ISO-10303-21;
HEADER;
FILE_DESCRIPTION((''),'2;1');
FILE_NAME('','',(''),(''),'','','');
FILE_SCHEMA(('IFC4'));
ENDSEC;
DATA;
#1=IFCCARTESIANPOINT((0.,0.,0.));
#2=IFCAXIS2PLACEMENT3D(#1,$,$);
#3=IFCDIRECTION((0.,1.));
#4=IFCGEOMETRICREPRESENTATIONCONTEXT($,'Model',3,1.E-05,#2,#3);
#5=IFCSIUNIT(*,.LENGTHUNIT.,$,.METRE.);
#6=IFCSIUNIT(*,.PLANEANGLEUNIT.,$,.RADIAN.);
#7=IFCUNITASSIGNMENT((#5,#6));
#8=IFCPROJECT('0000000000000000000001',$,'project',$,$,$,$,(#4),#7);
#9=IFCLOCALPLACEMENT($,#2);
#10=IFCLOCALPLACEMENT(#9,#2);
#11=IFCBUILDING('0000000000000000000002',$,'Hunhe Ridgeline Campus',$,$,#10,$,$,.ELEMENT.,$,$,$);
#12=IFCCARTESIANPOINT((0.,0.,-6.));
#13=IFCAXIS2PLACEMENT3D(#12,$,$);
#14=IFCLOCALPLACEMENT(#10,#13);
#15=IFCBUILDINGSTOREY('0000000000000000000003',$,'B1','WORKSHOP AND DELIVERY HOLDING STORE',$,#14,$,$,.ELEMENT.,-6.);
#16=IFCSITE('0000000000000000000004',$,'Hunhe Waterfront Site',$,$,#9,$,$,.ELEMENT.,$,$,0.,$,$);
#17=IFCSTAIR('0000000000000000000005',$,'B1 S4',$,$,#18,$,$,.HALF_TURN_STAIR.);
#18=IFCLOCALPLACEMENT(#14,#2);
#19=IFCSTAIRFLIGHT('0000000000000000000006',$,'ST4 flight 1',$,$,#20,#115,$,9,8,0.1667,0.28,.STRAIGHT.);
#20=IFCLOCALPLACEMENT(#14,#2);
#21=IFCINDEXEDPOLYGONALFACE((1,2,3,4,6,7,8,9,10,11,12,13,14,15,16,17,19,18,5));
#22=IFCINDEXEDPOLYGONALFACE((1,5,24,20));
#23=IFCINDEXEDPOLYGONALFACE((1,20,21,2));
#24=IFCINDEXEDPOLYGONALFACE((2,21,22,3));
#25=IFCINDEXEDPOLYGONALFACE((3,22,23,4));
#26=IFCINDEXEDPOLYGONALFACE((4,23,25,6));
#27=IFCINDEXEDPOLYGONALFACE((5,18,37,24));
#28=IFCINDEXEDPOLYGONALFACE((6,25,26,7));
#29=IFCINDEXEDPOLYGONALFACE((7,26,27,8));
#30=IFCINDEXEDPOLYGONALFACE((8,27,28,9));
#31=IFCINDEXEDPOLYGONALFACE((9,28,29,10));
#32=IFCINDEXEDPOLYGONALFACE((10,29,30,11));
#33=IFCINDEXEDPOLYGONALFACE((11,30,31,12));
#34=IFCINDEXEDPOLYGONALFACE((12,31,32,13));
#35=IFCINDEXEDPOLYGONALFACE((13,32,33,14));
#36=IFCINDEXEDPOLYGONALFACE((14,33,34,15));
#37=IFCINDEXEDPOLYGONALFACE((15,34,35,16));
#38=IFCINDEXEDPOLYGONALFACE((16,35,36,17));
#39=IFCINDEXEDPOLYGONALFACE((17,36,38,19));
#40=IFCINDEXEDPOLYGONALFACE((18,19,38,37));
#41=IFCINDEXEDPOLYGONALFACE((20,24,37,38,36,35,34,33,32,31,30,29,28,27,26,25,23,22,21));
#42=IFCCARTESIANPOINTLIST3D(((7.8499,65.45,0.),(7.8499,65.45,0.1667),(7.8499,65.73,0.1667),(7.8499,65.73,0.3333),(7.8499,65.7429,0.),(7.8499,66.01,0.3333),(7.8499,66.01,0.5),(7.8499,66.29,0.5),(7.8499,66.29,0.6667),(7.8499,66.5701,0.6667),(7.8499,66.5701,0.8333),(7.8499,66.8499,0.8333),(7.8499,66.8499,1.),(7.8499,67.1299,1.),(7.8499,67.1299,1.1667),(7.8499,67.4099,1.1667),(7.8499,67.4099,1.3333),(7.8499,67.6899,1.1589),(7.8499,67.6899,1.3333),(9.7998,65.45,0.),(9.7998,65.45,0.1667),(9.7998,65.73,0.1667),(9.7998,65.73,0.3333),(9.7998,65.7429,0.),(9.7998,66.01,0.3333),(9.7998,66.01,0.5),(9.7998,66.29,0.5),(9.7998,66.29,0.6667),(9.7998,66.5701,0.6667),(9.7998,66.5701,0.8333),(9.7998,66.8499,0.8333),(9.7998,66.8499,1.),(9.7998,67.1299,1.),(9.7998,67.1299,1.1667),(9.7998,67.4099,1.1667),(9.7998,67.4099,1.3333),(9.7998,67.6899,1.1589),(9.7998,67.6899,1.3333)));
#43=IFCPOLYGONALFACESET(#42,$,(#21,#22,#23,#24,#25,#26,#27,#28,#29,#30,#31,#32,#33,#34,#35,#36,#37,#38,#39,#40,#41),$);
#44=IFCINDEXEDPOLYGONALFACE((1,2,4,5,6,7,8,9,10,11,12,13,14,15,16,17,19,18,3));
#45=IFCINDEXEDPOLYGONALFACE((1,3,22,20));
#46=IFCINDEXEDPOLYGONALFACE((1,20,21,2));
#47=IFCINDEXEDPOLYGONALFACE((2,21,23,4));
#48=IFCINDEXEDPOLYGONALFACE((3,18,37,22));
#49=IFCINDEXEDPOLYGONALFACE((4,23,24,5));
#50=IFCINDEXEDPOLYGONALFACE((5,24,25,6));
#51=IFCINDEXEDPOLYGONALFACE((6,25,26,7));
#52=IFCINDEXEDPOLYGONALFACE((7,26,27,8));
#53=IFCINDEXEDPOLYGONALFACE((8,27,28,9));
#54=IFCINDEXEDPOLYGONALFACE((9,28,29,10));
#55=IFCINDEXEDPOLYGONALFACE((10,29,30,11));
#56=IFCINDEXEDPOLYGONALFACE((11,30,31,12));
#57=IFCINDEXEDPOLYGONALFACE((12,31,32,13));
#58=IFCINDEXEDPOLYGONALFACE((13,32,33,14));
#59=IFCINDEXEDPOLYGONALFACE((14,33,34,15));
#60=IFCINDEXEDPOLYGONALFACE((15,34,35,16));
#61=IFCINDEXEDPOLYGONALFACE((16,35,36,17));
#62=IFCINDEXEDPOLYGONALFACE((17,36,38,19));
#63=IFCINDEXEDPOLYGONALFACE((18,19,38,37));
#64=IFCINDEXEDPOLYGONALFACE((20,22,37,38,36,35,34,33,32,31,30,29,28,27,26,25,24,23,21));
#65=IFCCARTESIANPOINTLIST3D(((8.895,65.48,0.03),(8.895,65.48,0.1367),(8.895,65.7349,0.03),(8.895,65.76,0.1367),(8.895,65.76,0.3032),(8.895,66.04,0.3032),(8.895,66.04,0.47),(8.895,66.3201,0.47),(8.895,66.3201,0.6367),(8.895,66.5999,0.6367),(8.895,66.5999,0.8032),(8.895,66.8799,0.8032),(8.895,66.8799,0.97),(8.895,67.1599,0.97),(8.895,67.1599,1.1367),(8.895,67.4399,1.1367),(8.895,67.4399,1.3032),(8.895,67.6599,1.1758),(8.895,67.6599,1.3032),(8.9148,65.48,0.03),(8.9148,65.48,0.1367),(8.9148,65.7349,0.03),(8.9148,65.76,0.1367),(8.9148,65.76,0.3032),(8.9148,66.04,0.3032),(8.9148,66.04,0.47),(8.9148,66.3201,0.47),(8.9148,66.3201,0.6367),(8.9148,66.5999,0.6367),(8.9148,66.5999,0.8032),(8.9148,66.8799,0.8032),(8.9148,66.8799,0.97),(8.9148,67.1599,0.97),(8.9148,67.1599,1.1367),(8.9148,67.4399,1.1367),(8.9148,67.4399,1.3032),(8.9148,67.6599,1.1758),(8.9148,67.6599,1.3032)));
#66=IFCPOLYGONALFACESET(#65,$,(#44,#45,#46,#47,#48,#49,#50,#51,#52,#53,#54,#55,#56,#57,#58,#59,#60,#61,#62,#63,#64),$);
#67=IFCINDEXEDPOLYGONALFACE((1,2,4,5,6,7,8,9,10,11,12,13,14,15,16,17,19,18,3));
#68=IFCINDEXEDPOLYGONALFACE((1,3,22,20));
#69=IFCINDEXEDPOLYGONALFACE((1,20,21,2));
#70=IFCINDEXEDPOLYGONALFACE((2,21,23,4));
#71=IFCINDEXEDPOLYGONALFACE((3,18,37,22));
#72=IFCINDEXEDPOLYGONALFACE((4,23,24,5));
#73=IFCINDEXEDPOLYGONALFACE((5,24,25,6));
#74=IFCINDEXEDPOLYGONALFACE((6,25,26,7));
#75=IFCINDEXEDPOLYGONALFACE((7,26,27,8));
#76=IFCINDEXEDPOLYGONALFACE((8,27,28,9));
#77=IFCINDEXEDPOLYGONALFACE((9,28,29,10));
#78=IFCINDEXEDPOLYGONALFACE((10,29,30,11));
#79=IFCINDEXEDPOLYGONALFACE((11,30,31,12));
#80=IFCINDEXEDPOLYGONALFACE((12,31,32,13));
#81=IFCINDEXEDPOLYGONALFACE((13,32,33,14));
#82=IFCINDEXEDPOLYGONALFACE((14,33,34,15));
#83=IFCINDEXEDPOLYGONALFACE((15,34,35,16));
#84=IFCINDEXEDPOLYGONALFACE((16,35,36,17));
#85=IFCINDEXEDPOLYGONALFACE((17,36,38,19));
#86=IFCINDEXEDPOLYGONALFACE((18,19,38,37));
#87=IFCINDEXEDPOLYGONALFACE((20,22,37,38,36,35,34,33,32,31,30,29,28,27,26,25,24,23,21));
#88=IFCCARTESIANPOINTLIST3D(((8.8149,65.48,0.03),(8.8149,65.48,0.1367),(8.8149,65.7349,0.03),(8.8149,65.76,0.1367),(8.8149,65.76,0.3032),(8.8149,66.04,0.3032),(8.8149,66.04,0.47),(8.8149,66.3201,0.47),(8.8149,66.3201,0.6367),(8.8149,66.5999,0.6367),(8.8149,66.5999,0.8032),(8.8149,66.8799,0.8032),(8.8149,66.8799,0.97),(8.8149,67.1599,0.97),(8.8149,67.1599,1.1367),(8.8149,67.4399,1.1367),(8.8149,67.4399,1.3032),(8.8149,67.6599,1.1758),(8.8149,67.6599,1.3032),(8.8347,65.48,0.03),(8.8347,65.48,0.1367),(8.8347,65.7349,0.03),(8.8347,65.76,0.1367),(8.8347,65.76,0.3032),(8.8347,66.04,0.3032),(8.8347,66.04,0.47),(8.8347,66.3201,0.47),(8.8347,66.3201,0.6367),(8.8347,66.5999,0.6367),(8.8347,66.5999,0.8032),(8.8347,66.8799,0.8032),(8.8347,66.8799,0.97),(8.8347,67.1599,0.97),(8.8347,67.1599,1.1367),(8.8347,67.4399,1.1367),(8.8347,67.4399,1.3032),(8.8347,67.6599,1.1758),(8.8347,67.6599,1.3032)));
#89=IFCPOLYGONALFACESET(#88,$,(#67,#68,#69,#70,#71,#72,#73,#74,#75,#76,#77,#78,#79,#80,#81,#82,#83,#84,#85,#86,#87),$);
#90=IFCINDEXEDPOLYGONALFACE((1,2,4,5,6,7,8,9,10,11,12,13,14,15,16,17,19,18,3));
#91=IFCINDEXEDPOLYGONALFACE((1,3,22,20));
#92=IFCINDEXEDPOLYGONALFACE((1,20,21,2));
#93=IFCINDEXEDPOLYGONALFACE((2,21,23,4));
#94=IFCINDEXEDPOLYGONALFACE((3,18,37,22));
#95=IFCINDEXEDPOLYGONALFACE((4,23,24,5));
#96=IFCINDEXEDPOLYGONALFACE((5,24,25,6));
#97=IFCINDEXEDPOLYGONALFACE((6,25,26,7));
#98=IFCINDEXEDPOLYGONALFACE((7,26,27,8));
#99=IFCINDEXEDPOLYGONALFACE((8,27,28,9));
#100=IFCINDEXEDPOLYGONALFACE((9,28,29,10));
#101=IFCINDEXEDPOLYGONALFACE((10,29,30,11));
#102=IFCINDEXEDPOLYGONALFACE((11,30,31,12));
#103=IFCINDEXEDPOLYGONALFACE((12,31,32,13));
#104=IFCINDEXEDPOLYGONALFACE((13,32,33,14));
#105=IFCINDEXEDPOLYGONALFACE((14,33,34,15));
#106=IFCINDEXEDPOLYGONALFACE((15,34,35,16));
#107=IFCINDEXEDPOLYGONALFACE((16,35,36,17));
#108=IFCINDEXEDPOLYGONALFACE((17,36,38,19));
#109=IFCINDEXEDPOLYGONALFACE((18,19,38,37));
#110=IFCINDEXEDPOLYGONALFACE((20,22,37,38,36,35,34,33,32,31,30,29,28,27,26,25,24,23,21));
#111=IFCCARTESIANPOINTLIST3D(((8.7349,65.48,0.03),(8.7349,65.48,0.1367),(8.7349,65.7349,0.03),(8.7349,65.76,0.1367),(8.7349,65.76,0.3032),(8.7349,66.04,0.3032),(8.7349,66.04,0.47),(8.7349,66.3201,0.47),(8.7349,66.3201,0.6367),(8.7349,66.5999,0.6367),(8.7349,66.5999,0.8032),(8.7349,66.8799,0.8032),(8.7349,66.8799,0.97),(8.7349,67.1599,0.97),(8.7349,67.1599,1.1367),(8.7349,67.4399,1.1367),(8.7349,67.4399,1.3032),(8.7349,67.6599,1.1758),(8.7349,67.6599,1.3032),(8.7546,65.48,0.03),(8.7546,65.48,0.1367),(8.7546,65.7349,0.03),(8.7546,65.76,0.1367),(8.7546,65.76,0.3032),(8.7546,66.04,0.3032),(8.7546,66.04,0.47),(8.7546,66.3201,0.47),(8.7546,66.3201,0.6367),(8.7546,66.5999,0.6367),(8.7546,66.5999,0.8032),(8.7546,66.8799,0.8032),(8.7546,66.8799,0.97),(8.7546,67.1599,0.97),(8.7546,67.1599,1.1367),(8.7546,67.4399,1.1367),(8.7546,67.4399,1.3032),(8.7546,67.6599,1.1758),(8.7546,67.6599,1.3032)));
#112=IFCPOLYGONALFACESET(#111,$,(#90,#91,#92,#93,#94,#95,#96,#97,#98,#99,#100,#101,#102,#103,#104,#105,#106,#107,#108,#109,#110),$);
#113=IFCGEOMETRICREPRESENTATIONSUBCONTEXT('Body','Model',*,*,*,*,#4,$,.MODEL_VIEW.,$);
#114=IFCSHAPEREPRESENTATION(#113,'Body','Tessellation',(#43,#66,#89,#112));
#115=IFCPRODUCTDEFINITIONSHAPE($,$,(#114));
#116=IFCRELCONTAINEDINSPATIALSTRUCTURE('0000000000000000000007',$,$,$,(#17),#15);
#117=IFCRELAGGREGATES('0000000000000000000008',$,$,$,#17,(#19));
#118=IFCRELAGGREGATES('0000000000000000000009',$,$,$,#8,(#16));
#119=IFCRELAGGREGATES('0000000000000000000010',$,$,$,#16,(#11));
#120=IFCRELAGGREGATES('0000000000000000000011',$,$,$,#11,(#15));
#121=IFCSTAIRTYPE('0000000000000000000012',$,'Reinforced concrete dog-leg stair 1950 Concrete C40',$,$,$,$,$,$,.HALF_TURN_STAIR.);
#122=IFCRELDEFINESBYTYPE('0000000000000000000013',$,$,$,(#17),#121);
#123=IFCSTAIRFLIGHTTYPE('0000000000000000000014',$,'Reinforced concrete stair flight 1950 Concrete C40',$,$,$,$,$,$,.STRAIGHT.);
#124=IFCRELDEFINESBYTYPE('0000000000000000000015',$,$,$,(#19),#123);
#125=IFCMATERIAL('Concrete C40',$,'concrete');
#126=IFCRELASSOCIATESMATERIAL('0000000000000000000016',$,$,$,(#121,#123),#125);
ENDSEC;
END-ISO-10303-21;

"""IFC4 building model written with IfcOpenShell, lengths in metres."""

from ifc_helpers import new_model, si_unit, direction, frame, origin, place, context, subcontext, project, spatial, polyline, outline, extrude, material, type_object, element, aggregate, save


model = new_model("IFC4")

# Units and contexts
model_context = context("Model", 3, precision=1e-05, world=origin(), true_north=direction((0.0, 1.0)))
body_context = subcontext(model_context, "Body", "Model", "MODEL_VIEW")
ifc_project = project(units=[si_unit("LENGTHUNIT", "METRE"), si_unit("PLANEANGLEUNIT", "RADIAN")], contexts=[model_context])

# Site, building, storey
site_placement = place(None, origin())
site = spatial("IfcSite", under=ifc_project, at=site_placement, Name="Hunhe Waterfront Site", CompositionType="ELEMENT", RefElevation=0.0)
building_placement = place(site_placement, origin())
building = spatial("IfcBuilding", under=site, at=building_placement, Name="Hunhe Ridgeline Campus", CompositionType="ELEMENT")
storey_placement = place(building_placement, frame((0.0, 0.0, -6.0)))
storey = spatial("IfcBuildingStorey", under=building, at=storey_placement, Name="B1", Description="WORKSHOP AND DELIVERY HOLDING STORE", CompositionType="ELEMENT", Elevation=-6.0)

# Stair, stair flight
ifc_material_1 = material(Name="Concrete C40", Category="concrete")
stair_type = type_object("IfcStairType", Name="Reinforced concrete dog-leg stair 1950 Concrete C40", PredefinedType="HALF_TURN_STAIR", material=ifc_material_1)
stair_flight_type = type_object("IfcStairFlightType", Name="Reinforced concrete stair flight 1950 Concrete C40", PredefinedType="STRAIGHT", material=ifc_material_1)
stair_1_placement = place(storey_placement, origin())
stair_1 = element("IfcStair", 1, at=stair_1_placement, inside=storey, type_object=stair_type, Name="B1 S4", PredefinedType="HALF_TURN_STAIR")
stair_flight_1_placement = place(storey_placement, frame((8.825, 65.45, 0.0), z_axis=(0.0, 0.0, 1.0), x_axis=(0.0, 1.0, 0.0)))
stair_flight_1 = element("IfcStairFlight", 2, at=stair_flight_1_placement, type_object=stair_flight_type, Name="ST4 flight 1", NumberOfRisers=9, NumberOfTreads=8, PredefinedType="STRAIGHT", RiserHeight=0.1667, TreadLength=0.28, context=body_context, shape_type="SweptSolid", body=[
    extrude(outline(polyline([(0.0, 0.0), (0.0, 0.1667), (0.28, 0.1667), (0.28, 0.3333), (0.5601, 0.3333), (0.5601, 0.5), (0.8401, 0.5), (0.8401, 0.6667), (1.1201, 0.6667), (1.1201, 0.8333), (1.3999, 0.8333), (1.3999, 1.0), (1.6799, 1.0), (1.6799, 1.1667), (1.96, 1.1667), (1.96, 1.3333), (2.24, 1.3333), (2.24, 1.5), (2.24, 1.1589), (0.293, 0.0), (0.0, 0.0)])), frame((0.0, 0.9751, 0.0), z_axis=(0.0, -1.0, 0.0), x_axis=(1.0, 0.0, 0.0)), (0.0, 0.0, 1.0), 1.95),
    extrude(outline(polyline([(0.03, 0.03), (0.03, 0.1367), (0.3101, 0.1367), (0.3101, 0.3032), (0.5901, 0.3032), (0.5901, 0.47), (0.8701, 0.47), (0.8701, 0.6367), (1.1499, 0.6367), (1.1499, 0.8032), (1.4299, 0.8032), (1.4299, 0.97), (1.71, 0.97), (1.71, 1.1367), (1.99, 1.1367), (1.99, 1.3032), (2.21, 1.3032), (2.21, 1.1758), (0.2849, 0.03), (0.03, 0.03)])), frame((0.0, -0.0701, 0.0), z_axis=(0.0, -1.0, 0.0), x_axis=(1.0, 0.0, 0.0)), (0.0, 0.0, 1.0), 0.0198),
    extrude(outline(polyline([(0.03, 0.03), (0.03, 0.1367), (0.3101, 0.1367), (0.3101, 0.3032), (0.5901, 0.3032), (0.5901, 0.47), (0.8701, 0.47), (0.8701, 0.6367), (1.1499, 0.6367), (1.1499, 0.8032), (1.4299, 0.8032), (1.4299, 0.97), (1.71, 0.97), (1.71, 1.1367), (1.99, 1.1367), (1.99, 1.3032), (2.21, 1.3032), (2.21, 1.1758), (0.2849, 0.03), (0.03, 0.03)])), frame((0.0, 0.01, 0.0), z_axis=(0.0, -1.0, 0.0), x_axis=(1.0, 0.0, 0.0)), (0.0, 0.0, 1.0), 0.0198),
    extrude(outline(polyline([(0.03, 0.03), (0.03, 0.1367), (0.3101, 0.1367), (0.3101, 0.3032), (0.5901, 0.3032), (0.5901, 0.47), (0.8701, 0.47), (0.8701, 0.6367), (1.1499, 0.6367), (1.1499, 0.8032), (1.4299, 0.8032), (1.4299, 0.97), (1.71, 0.97), (1.71, 1.1367), (1.99, 1.1367), (1.99, 1.3032), (2.21, 1.3032), (2.21, 1.1758), (0.2849, 0.03), (0.03, 0.03)])), frame((0.0, 0.0901, 0.0), z_axis=(0.0, -1.0, 0.0), x_axis=(1.0, 0.0, 0.0)), (0.0, 0.0, 1.0), 0.0198),
])
aggregate(stair_1, [stair_flight_1])

save(model, "model.ifc")
